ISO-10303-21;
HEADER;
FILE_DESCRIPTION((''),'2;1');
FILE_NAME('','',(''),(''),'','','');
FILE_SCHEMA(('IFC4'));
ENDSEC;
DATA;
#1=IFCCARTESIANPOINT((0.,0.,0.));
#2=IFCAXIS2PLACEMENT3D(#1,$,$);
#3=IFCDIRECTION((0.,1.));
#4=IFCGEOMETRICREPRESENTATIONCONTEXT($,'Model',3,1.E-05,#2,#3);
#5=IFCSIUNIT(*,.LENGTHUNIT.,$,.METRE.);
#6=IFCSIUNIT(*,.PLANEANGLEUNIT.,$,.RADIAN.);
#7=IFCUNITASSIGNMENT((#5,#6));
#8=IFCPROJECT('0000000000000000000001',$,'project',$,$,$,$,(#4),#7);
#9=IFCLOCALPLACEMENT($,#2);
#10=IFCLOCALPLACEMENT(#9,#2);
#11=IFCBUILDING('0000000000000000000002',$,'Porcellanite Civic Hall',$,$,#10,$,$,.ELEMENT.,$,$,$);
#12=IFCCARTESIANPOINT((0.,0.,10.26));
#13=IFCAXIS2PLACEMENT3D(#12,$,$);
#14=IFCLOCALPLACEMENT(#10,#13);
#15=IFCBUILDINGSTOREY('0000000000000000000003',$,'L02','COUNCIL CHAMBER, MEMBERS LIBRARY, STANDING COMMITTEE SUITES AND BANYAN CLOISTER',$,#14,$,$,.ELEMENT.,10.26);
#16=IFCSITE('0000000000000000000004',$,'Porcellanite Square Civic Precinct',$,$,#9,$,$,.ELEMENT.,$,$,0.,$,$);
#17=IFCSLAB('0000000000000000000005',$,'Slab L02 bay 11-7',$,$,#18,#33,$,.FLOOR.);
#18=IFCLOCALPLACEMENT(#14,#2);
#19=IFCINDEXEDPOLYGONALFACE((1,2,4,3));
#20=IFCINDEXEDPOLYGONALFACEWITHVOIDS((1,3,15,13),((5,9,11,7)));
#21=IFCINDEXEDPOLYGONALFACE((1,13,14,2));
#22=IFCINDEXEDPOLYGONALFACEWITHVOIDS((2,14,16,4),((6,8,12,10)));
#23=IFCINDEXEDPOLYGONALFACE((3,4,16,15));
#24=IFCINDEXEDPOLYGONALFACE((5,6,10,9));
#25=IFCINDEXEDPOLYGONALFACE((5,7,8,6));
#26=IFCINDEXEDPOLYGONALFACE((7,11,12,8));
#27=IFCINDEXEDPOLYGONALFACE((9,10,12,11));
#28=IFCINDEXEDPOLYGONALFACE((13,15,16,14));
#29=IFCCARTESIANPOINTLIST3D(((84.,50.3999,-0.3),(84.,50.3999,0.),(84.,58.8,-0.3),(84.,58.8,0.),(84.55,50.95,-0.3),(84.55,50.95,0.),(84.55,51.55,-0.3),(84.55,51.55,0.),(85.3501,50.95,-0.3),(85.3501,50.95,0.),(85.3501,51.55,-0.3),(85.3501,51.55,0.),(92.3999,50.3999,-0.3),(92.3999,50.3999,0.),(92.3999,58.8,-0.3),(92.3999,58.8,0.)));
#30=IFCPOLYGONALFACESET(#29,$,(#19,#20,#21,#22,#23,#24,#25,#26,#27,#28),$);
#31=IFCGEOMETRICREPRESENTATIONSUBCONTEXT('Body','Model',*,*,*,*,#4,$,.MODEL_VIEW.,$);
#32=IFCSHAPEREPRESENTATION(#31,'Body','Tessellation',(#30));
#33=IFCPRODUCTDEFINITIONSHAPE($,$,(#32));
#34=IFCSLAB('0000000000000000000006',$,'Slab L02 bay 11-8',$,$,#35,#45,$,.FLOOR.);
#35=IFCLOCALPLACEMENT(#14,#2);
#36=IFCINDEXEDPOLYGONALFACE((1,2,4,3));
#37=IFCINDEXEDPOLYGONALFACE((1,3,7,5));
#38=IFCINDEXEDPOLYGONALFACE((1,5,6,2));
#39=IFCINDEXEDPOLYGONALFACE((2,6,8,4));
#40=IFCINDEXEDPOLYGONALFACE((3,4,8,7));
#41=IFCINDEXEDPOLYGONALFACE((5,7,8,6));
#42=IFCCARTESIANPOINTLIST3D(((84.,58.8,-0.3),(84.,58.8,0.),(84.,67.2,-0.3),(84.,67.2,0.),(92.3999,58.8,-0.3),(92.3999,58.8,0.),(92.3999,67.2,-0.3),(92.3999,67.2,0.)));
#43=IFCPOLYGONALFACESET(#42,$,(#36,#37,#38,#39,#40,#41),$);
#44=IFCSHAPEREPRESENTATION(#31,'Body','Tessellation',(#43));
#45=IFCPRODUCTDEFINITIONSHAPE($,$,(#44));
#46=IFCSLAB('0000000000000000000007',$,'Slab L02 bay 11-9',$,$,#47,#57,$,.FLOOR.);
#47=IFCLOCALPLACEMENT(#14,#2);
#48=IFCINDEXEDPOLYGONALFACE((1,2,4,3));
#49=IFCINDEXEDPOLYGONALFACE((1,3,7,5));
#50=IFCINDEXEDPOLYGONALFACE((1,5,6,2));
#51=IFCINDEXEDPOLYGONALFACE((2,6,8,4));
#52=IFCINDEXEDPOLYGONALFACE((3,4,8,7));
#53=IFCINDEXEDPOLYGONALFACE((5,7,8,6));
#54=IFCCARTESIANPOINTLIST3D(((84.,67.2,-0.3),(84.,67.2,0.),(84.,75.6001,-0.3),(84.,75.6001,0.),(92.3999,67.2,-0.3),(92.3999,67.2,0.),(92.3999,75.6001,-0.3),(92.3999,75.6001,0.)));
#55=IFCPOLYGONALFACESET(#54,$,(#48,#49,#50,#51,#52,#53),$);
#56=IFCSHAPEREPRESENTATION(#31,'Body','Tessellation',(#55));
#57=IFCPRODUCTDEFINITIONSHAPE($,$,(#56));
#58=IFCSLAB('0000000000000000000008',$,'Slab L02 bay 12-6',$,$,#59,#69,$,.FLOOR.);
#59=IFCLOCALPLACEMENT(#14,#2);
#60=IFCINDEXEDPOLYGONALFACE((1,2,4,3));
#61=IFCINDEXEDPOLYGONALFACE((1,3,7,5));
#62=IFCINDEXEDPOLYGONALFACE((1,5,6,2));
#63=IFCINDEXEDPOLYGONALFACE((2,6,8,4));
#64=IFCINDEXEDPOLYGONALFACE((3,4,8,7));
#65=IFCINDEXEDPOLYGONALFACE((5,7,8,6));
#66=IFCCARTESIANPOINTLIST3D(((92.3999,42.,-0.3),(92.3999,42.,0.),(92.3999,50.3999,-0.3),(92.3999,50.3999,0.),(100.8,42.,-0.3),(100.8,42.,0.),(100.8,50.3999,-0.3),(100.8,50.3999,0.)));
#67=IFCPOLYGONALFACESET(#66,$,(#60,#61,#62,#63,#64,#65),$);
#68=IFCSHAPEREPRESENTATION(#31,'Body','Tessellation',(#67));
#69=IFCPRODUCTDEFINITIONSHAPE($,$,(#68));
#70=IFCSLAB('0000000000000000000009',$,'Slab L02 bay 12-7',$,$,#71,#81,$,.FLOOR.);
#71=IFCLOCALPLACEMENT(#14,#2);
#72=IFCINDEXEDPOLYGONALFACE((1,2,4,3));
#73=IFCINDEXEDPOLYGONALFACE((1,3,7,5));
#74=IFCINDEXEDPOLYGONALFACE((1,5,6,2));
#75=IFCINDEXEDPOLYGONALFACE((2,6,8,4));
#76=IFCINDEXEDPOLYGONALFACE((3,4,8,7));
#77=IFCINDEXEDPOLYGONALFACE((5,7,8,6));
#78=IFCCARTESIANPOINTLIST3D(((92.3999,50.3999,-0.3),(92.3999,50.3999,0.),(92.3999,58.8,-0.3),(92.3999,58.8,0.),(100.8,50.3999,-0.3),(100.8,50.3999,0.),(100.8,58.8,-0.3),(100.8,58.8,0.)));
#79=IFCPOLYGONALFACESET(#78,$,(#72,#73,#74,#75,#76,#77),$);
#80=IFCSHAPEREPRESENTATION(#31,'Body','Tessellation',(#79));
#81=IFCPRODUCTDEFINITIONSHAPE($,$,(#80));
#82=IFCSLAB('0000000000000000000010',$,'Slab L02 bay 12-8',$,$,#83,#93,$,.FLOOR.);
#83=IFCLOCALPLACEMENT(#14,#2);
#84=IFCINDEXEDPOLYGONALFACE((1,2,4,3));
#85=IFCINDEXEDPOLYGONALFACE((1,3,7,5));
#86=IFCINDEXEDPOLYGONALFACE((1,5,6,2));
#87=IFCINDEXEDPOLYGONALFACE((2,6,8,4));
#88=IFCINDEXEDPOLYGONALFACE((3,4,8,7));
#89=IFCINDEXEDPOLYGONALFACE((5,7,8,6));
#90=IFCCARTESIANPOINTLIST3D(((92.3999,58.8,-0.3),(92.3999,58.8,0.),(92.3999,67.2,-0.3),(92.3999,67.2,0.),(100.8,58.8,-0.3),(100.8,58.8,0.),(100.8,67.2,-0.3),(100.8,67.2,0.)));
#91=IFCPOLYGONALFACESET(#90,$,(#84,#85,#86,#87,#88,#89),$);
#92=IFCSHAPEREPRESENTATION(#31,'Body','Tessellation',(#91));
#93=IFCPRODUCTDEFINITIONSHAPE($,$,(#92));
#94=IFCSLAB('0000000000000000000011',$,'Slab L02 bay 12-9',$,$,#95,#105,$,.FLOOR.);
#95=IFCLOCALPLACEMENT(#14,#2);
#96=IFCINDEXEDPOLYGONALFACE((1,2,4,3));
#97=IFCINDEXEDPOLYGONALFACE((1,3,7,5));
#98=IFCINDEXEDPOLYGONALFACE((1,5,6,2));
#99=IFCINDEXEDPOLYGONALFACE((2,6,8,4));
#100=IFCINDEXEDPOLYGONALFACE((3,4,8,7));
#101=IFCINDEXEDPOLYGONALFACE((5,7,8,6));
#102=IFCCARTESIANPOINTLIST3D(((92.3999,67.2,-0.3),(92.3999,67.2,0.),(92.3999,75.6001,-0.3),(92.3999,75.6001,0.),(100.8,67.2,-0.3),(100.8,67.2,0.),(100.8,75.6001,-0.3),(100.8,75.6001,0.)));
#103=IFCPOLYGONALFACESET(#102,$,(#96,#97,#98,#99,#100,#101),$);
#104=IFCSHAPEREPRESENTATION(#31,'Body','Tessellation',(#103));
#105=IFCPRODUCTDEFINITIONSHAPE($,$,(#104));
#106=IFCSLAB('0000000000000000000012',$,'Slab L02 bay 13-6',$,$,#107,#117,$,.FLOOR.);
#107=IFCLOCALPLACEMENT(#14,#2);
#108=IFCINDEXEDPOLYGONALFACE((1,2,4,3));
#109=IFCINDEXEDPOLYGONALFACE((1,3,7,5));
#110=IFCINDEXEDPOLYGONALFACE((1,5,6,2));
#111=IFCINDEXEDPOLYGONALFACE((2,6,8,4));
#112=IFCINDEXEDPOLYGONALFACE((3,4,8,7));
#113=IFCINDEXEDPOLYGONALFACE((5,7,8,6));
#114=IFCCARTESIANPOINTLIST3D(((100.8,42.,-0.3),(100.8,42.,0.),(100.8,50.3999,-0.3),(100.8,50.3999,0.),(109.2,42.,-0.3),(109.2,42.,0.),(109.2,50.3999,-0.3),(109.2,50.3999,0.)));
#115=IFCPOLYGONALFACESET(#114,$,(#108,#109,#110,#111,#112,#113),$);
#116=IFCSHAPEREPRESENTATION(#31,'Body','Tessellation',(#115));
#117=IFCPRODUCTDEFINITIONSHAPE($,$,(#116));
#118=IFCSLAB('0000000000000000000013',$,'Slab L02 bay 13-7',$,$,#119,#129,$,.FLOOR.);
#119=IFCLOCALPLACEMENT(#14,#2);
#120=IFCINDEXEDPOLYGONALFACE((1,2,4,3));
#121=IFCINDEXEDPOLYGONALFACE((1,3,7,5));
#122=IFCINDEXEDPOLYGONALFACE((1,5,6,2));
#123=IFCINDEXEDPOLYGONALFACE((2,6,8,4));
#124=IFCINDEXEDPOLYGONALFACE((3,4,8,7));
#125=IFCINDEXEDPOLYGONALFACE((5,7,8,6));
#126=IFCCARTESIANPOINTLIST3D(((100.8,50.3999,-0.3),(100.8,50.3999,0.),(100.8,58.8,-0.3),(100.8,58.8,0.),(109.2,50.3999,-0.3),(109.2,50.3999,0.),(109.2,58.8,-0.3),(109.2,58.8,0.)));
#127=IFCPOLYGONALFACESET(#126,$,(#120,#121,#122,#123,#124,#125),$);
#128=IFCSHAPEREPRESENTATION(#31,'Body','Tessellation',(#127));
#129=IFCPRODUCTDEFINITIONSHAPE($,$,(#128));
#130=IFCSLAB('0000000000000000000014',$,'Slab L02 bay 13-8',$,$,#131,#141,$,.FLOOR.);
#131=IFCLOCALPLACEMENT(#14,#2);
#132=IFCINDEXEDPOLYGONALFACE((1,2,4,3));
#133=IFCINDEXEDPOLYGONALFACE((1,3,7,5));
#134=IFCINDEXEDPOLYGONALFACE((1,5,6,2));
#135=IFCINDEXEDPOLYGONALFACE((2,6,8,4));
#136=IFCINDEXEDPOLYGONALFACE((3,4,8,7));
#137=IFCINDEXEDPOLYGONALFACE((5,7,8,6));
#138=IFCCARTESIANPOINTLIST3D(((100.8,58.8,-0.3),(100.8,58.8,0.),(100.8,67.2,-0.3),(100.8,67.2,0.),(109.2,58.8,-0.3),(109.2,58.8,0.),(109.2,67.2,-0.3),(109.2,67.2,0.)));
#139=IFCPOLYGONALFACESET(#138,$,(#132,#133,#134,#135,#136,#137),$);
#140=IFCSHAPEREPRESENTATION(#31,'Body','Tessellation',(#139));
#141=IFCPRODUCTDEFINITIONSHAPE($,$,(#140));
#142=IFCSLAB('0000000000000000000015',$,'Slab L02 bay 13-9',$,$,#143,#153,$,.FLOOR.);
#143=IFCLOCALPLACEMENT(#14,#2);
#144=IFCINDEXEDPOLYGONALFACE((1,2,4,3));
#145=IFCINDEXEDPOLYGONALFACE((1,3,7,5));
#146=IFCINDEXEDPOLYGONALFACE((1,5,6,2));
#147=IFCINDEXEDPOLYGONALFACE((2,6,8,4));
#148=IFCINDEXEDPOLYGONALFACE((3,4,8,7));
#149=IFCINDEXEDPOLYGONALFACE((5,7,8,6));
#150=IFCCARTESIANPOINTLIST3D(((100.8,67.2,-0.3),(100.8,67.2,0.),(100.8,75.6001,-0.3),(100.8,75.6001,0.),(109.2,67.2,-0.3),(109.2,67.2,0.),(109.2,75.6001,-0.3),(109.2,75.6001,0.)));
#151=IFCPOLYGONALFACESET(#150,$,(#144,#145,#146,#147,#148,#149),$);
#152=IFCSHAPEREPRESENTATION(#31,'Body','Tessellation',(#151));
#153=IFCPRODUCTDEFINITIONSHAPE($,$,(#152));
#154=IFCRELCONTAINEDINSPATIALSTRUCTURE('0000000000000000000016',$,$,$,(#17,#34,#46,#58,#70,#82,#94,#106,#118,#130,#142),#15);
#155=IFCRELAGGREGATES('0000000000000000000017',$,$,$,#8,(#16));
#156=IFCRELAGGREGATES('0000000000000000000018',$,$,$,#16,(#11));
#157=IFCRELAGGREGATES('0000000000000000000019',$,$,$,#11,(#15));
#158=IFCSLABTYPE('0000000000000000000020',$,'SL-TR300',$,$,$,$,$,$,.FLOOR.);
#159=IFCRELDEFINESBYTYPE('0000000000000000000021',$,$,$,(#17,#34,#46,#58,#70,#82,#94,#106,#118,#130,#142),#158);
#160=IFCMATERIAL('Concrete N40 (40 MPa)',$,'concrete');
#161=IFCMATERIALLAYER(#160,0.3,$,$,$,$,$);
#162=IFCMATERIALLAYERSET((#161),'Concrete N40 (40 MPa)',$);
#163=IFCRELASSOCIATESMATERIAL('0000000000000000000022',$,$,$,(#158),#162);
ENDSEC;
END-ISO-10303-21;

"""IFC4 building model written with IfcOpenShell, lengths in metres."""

from ifc_helpers import new_model, si_unit, direction, frame, origin, place, context, subcontext, project, spatial, polyline, outline, extrude, material, layer, layer_set, type_object, element, save


model = new_model("IFC4")

# Units and contexts
model_context = context("Model", 3, precision=1e-05, world=origin(), true_north=direction((0.0, 1.0)))
body_context = subcontext(model_context, "Body", "Model", "MODEL_VIEW")
ifc_project = project(units=[si_unit("LENGTHUNIT", "METRE"), si_unit("PLANEANGLEUNIT", "RADIAN")], contexts=[model_context])

# Site, building, storey
site_placement = place(None, origin())
site = spatial("IfcSite", under=ifc_project, at=site_placement, Name="Porcellanite Square Civic Precinct", CompositionType="ELEMENT", RefElevation=0.0)
building_placement = place(site_placement, origin())
building = spatial("IfcBuilding", under=site, at=building_placement, Name="Porcellanite Civic Hall", CompositionType="ELEMENT")
storey_placement = place(building_placement, frame((0.0, 0.0, 10.26)))
storey = spatial("IfcBuildingStorey", under=building, at=storey_placement, Name="L02", Description="COUNCIL CHAMBER, MEMBERS LIBRARY, STANDING COMMITTEE SUITES AND BANYAN CLOISTER", CompositionType="ELEMENT", Elevation=10.26)

# Slabs
ifc_material_1 = material(Name="Concrete N40 (40 MPa)", Category="concrete")
ifc_layer_1 = layer(ifc_material_1, 0.3)
ifc_layer_set_1 = layer_set([ifc_layer_1], Name="Concrete N40 (40 MPa)")
slab_type_1 = type_object("IfcSlabType", Name="SL-TR300", PredefinedType="FLOOR", material=ifc_layer_set_1)
slab_1_placement = place(storey_placement, frame((0.0, 0.0, -0.3)))
element("IfcSlab", 1, at=slab_1_placement, inside=storey, type_object=slab_type_1, Name="Slab L02 bay 11-7", PredefinedType="FLOOR", context=body_context, shape_type="SweptSolid", body=[
    extrude(outline(polyline([(84.0, 50.3999), (92.3999, 50.3999), (92.3999, 58.8), (84.0, 58.8), (84.0, 50.3999)]), holes=[polyline([(84.55, 50.95), (85.3501, 50.95), (85.3501, 51.55), (84.55, 51.55), (84.55, 50.95)])]), origin(), (0.0, 0.0, 1.0), 0.3),
])
slab_2_placement = place(storey_placement, frame((0.0, 0.0, -0.3)))
element("IfcSlab", 2, at=slab_2_placement, inside=storey, type_object=slab_type_1, Name="Slab L02 bay 11-8", PredefinedType="FLOOR", context=body_context, shape_type="SweptSolid", body=[
    extrude(outline(polyline([(84.0, 58.8), (92.3999, 58.8), (92.3999, 67.2), (84.0, 67.2), (84.0, 58.8)])), origin(), (0.0, 0.0, 1.0), 0.3),
])
slab_3_placement = place(storey_placement, frame((0.0, 0.0, -0.3)))
element("IfcSlab", 3, at=slab_3_placement, inside=storey, type_object=slab_type_1, Name="Slab L02 bay 11-9", PredefinedType="FLOOR", context=body_context, shape_type="SweptSolid", body=[
    extrude(outline(polyline([(84.0, 67.2), (92.3999, 67.2), (92.3999, 75.6001), (84.0, 75.6001), (84.0, 67.2)])), origin(), (0.0, 0.0, 1.0), 0.3),
])
slab_4_placement = place(storey_placement, frame((0.0, 0.0, -0.3)))
element("IfcSlab", 4, at=slab_4_placement, inside=storey, type_object=slab_type_1, Name="Slab L02 bay 12-6", PredefinedType="FLOOR", context=body_context, shape_type="SweptSolid", body=[
    extrude(outline(polyline([(92.3999, 42.0), (100.8, 42.0), (100.8, 50.3999), (92.3999, 50.3999), (92.3999, 42.0)])), origin(), (0.0, 0.0, 1.0), 0.3),
])
slab_5_placement = place(storey_placement, frame((0.0, 0.0, -0.3)))
element("IfcSlab", 5, at=slab_5_placement, inside=storey, type_object=slab_type_1, Name="Slab L02 bay 12-7", PredefinedType="FLOOR", context=body_context, shape_type="SweptSolid", body=[
    extrude(outline(polyline([(92.3999, 50.3999), (100.8, 50.3999), (100.8, 58.8), (92.3999, 58.8), (92.3999, 50.3999)])), origin(), (0.0, 0.0, 1.0), 0.3),
])
slab_6_placement = place(storey_placement, frame((0.0, 0.0, -0.3)))
element("IfcSlab", 6, at=slab_6_placement, inside=storey, type_object=slab_type_1, Name="Slab L02 bay 12-8", PredefinedType="FLOOR", context=body_context, shape_type="SweptSolid", body=[
    extrude(outline(polyline([(92.3999, 58.8), (100.8, 58.8), (100.8, 67.2), (92.3999, 67.2), (92.3999, 58.8)])), origin(), (0.0, 0.0, 1.0), 0.3),
])
slab_7_placement = place(storey_placement, frame((0.0, 0.0, -0.3)))
element("IfcSlab", 7, at=slab_7_placement, inside=storey, type_object=slab_type_1, Name="Slab L02 bay 12-9", PredefinedType="FLOOR", context=body_context, shape_type="SweptSolid", body=[
    extrude(outline(polyline([(92.3999, 67.2), (100.8, 67.2), (100.8, 75.6001), (92.3999, 75.6001), (92.3999, 67.2)])), origin(), (0.0, 0.0, 1.0), 0.3),
])
slab_8_placement = place(storey_placement, frame((0.0, 0.0, -0.3)))
element("IfcSlab", 8, at=slab_8_placement, inside=storey, type_object=slab_type_1, Name="Slab L02 bay 13-6", PredefinedType="FLOOR", context=body_context, shape_type="SweptSolid", body=[
    extrude(outline(polyline([(100.8, 42.0), (109.2, 42.0), (109.2, 50.3999), (100.8, 50.3999), (100.8, 42.0)])), origin(), (0.0, 0.0, 1.0), 0.3),
])
slab_9_placement = place(storey_placement, frame((0.0, 0.0, -0.3)))
element("IfcSlab", 9, at=slab_9_placement, inside=storey, type_object=slab_type_1, Name="Slab L02 bay 13-7", PredefinedType="FLOOR", context=body_context, shape_type="SweptSolid", body=[
    extrude(outline(polyline([(100.8, 50.3999), (109.2, 50.3999), (109.2, 58.8), (100.8, 58.8), (100.8, 50.3999)])), origin(), (0.0, 0.0, 1.0), 0.3),
])
slab_10_placement = place(storey_placement, frame((0.0, 0.0, -0.3)))
element("IfcSlab", 10, at=slab_10_placement, inside=storey, type_object=slab_type_1, Name="Slab L02 bay 13-8", PredefinedType="FLOOR", context=body_context, shape_type="SweptSolid", body=[
    extrude(outline(polyline([(100.8, 58.8), (109.2, 58.8), (109.2, 67.2), (100.8, 67.2), (100.8, 58.8)])), origin(), (0.0, 0.0, 1.0), 0.3),
])
slab_11_placement = place(storey_placement, frame((0.0, 0.0, -0.3)))
element("IfcSlab", 11, at=slab_11_placement, inside=storey, type_object=slab_type_1, Name="Slab L02 bay 13-9", PredefinedType="FLOOR", context=body_context, shape_type="SweptSolid", body=[
    extrude(outline(polyline([(100.8, 67.2), (109.2, 67.2), (109.2, 75.6001), (100.8, 75.6001), (100.8, 67.2)])), origin(), (0.0, 0.0, 1.0), 0.3),
])

save(model, "model.ifc")
